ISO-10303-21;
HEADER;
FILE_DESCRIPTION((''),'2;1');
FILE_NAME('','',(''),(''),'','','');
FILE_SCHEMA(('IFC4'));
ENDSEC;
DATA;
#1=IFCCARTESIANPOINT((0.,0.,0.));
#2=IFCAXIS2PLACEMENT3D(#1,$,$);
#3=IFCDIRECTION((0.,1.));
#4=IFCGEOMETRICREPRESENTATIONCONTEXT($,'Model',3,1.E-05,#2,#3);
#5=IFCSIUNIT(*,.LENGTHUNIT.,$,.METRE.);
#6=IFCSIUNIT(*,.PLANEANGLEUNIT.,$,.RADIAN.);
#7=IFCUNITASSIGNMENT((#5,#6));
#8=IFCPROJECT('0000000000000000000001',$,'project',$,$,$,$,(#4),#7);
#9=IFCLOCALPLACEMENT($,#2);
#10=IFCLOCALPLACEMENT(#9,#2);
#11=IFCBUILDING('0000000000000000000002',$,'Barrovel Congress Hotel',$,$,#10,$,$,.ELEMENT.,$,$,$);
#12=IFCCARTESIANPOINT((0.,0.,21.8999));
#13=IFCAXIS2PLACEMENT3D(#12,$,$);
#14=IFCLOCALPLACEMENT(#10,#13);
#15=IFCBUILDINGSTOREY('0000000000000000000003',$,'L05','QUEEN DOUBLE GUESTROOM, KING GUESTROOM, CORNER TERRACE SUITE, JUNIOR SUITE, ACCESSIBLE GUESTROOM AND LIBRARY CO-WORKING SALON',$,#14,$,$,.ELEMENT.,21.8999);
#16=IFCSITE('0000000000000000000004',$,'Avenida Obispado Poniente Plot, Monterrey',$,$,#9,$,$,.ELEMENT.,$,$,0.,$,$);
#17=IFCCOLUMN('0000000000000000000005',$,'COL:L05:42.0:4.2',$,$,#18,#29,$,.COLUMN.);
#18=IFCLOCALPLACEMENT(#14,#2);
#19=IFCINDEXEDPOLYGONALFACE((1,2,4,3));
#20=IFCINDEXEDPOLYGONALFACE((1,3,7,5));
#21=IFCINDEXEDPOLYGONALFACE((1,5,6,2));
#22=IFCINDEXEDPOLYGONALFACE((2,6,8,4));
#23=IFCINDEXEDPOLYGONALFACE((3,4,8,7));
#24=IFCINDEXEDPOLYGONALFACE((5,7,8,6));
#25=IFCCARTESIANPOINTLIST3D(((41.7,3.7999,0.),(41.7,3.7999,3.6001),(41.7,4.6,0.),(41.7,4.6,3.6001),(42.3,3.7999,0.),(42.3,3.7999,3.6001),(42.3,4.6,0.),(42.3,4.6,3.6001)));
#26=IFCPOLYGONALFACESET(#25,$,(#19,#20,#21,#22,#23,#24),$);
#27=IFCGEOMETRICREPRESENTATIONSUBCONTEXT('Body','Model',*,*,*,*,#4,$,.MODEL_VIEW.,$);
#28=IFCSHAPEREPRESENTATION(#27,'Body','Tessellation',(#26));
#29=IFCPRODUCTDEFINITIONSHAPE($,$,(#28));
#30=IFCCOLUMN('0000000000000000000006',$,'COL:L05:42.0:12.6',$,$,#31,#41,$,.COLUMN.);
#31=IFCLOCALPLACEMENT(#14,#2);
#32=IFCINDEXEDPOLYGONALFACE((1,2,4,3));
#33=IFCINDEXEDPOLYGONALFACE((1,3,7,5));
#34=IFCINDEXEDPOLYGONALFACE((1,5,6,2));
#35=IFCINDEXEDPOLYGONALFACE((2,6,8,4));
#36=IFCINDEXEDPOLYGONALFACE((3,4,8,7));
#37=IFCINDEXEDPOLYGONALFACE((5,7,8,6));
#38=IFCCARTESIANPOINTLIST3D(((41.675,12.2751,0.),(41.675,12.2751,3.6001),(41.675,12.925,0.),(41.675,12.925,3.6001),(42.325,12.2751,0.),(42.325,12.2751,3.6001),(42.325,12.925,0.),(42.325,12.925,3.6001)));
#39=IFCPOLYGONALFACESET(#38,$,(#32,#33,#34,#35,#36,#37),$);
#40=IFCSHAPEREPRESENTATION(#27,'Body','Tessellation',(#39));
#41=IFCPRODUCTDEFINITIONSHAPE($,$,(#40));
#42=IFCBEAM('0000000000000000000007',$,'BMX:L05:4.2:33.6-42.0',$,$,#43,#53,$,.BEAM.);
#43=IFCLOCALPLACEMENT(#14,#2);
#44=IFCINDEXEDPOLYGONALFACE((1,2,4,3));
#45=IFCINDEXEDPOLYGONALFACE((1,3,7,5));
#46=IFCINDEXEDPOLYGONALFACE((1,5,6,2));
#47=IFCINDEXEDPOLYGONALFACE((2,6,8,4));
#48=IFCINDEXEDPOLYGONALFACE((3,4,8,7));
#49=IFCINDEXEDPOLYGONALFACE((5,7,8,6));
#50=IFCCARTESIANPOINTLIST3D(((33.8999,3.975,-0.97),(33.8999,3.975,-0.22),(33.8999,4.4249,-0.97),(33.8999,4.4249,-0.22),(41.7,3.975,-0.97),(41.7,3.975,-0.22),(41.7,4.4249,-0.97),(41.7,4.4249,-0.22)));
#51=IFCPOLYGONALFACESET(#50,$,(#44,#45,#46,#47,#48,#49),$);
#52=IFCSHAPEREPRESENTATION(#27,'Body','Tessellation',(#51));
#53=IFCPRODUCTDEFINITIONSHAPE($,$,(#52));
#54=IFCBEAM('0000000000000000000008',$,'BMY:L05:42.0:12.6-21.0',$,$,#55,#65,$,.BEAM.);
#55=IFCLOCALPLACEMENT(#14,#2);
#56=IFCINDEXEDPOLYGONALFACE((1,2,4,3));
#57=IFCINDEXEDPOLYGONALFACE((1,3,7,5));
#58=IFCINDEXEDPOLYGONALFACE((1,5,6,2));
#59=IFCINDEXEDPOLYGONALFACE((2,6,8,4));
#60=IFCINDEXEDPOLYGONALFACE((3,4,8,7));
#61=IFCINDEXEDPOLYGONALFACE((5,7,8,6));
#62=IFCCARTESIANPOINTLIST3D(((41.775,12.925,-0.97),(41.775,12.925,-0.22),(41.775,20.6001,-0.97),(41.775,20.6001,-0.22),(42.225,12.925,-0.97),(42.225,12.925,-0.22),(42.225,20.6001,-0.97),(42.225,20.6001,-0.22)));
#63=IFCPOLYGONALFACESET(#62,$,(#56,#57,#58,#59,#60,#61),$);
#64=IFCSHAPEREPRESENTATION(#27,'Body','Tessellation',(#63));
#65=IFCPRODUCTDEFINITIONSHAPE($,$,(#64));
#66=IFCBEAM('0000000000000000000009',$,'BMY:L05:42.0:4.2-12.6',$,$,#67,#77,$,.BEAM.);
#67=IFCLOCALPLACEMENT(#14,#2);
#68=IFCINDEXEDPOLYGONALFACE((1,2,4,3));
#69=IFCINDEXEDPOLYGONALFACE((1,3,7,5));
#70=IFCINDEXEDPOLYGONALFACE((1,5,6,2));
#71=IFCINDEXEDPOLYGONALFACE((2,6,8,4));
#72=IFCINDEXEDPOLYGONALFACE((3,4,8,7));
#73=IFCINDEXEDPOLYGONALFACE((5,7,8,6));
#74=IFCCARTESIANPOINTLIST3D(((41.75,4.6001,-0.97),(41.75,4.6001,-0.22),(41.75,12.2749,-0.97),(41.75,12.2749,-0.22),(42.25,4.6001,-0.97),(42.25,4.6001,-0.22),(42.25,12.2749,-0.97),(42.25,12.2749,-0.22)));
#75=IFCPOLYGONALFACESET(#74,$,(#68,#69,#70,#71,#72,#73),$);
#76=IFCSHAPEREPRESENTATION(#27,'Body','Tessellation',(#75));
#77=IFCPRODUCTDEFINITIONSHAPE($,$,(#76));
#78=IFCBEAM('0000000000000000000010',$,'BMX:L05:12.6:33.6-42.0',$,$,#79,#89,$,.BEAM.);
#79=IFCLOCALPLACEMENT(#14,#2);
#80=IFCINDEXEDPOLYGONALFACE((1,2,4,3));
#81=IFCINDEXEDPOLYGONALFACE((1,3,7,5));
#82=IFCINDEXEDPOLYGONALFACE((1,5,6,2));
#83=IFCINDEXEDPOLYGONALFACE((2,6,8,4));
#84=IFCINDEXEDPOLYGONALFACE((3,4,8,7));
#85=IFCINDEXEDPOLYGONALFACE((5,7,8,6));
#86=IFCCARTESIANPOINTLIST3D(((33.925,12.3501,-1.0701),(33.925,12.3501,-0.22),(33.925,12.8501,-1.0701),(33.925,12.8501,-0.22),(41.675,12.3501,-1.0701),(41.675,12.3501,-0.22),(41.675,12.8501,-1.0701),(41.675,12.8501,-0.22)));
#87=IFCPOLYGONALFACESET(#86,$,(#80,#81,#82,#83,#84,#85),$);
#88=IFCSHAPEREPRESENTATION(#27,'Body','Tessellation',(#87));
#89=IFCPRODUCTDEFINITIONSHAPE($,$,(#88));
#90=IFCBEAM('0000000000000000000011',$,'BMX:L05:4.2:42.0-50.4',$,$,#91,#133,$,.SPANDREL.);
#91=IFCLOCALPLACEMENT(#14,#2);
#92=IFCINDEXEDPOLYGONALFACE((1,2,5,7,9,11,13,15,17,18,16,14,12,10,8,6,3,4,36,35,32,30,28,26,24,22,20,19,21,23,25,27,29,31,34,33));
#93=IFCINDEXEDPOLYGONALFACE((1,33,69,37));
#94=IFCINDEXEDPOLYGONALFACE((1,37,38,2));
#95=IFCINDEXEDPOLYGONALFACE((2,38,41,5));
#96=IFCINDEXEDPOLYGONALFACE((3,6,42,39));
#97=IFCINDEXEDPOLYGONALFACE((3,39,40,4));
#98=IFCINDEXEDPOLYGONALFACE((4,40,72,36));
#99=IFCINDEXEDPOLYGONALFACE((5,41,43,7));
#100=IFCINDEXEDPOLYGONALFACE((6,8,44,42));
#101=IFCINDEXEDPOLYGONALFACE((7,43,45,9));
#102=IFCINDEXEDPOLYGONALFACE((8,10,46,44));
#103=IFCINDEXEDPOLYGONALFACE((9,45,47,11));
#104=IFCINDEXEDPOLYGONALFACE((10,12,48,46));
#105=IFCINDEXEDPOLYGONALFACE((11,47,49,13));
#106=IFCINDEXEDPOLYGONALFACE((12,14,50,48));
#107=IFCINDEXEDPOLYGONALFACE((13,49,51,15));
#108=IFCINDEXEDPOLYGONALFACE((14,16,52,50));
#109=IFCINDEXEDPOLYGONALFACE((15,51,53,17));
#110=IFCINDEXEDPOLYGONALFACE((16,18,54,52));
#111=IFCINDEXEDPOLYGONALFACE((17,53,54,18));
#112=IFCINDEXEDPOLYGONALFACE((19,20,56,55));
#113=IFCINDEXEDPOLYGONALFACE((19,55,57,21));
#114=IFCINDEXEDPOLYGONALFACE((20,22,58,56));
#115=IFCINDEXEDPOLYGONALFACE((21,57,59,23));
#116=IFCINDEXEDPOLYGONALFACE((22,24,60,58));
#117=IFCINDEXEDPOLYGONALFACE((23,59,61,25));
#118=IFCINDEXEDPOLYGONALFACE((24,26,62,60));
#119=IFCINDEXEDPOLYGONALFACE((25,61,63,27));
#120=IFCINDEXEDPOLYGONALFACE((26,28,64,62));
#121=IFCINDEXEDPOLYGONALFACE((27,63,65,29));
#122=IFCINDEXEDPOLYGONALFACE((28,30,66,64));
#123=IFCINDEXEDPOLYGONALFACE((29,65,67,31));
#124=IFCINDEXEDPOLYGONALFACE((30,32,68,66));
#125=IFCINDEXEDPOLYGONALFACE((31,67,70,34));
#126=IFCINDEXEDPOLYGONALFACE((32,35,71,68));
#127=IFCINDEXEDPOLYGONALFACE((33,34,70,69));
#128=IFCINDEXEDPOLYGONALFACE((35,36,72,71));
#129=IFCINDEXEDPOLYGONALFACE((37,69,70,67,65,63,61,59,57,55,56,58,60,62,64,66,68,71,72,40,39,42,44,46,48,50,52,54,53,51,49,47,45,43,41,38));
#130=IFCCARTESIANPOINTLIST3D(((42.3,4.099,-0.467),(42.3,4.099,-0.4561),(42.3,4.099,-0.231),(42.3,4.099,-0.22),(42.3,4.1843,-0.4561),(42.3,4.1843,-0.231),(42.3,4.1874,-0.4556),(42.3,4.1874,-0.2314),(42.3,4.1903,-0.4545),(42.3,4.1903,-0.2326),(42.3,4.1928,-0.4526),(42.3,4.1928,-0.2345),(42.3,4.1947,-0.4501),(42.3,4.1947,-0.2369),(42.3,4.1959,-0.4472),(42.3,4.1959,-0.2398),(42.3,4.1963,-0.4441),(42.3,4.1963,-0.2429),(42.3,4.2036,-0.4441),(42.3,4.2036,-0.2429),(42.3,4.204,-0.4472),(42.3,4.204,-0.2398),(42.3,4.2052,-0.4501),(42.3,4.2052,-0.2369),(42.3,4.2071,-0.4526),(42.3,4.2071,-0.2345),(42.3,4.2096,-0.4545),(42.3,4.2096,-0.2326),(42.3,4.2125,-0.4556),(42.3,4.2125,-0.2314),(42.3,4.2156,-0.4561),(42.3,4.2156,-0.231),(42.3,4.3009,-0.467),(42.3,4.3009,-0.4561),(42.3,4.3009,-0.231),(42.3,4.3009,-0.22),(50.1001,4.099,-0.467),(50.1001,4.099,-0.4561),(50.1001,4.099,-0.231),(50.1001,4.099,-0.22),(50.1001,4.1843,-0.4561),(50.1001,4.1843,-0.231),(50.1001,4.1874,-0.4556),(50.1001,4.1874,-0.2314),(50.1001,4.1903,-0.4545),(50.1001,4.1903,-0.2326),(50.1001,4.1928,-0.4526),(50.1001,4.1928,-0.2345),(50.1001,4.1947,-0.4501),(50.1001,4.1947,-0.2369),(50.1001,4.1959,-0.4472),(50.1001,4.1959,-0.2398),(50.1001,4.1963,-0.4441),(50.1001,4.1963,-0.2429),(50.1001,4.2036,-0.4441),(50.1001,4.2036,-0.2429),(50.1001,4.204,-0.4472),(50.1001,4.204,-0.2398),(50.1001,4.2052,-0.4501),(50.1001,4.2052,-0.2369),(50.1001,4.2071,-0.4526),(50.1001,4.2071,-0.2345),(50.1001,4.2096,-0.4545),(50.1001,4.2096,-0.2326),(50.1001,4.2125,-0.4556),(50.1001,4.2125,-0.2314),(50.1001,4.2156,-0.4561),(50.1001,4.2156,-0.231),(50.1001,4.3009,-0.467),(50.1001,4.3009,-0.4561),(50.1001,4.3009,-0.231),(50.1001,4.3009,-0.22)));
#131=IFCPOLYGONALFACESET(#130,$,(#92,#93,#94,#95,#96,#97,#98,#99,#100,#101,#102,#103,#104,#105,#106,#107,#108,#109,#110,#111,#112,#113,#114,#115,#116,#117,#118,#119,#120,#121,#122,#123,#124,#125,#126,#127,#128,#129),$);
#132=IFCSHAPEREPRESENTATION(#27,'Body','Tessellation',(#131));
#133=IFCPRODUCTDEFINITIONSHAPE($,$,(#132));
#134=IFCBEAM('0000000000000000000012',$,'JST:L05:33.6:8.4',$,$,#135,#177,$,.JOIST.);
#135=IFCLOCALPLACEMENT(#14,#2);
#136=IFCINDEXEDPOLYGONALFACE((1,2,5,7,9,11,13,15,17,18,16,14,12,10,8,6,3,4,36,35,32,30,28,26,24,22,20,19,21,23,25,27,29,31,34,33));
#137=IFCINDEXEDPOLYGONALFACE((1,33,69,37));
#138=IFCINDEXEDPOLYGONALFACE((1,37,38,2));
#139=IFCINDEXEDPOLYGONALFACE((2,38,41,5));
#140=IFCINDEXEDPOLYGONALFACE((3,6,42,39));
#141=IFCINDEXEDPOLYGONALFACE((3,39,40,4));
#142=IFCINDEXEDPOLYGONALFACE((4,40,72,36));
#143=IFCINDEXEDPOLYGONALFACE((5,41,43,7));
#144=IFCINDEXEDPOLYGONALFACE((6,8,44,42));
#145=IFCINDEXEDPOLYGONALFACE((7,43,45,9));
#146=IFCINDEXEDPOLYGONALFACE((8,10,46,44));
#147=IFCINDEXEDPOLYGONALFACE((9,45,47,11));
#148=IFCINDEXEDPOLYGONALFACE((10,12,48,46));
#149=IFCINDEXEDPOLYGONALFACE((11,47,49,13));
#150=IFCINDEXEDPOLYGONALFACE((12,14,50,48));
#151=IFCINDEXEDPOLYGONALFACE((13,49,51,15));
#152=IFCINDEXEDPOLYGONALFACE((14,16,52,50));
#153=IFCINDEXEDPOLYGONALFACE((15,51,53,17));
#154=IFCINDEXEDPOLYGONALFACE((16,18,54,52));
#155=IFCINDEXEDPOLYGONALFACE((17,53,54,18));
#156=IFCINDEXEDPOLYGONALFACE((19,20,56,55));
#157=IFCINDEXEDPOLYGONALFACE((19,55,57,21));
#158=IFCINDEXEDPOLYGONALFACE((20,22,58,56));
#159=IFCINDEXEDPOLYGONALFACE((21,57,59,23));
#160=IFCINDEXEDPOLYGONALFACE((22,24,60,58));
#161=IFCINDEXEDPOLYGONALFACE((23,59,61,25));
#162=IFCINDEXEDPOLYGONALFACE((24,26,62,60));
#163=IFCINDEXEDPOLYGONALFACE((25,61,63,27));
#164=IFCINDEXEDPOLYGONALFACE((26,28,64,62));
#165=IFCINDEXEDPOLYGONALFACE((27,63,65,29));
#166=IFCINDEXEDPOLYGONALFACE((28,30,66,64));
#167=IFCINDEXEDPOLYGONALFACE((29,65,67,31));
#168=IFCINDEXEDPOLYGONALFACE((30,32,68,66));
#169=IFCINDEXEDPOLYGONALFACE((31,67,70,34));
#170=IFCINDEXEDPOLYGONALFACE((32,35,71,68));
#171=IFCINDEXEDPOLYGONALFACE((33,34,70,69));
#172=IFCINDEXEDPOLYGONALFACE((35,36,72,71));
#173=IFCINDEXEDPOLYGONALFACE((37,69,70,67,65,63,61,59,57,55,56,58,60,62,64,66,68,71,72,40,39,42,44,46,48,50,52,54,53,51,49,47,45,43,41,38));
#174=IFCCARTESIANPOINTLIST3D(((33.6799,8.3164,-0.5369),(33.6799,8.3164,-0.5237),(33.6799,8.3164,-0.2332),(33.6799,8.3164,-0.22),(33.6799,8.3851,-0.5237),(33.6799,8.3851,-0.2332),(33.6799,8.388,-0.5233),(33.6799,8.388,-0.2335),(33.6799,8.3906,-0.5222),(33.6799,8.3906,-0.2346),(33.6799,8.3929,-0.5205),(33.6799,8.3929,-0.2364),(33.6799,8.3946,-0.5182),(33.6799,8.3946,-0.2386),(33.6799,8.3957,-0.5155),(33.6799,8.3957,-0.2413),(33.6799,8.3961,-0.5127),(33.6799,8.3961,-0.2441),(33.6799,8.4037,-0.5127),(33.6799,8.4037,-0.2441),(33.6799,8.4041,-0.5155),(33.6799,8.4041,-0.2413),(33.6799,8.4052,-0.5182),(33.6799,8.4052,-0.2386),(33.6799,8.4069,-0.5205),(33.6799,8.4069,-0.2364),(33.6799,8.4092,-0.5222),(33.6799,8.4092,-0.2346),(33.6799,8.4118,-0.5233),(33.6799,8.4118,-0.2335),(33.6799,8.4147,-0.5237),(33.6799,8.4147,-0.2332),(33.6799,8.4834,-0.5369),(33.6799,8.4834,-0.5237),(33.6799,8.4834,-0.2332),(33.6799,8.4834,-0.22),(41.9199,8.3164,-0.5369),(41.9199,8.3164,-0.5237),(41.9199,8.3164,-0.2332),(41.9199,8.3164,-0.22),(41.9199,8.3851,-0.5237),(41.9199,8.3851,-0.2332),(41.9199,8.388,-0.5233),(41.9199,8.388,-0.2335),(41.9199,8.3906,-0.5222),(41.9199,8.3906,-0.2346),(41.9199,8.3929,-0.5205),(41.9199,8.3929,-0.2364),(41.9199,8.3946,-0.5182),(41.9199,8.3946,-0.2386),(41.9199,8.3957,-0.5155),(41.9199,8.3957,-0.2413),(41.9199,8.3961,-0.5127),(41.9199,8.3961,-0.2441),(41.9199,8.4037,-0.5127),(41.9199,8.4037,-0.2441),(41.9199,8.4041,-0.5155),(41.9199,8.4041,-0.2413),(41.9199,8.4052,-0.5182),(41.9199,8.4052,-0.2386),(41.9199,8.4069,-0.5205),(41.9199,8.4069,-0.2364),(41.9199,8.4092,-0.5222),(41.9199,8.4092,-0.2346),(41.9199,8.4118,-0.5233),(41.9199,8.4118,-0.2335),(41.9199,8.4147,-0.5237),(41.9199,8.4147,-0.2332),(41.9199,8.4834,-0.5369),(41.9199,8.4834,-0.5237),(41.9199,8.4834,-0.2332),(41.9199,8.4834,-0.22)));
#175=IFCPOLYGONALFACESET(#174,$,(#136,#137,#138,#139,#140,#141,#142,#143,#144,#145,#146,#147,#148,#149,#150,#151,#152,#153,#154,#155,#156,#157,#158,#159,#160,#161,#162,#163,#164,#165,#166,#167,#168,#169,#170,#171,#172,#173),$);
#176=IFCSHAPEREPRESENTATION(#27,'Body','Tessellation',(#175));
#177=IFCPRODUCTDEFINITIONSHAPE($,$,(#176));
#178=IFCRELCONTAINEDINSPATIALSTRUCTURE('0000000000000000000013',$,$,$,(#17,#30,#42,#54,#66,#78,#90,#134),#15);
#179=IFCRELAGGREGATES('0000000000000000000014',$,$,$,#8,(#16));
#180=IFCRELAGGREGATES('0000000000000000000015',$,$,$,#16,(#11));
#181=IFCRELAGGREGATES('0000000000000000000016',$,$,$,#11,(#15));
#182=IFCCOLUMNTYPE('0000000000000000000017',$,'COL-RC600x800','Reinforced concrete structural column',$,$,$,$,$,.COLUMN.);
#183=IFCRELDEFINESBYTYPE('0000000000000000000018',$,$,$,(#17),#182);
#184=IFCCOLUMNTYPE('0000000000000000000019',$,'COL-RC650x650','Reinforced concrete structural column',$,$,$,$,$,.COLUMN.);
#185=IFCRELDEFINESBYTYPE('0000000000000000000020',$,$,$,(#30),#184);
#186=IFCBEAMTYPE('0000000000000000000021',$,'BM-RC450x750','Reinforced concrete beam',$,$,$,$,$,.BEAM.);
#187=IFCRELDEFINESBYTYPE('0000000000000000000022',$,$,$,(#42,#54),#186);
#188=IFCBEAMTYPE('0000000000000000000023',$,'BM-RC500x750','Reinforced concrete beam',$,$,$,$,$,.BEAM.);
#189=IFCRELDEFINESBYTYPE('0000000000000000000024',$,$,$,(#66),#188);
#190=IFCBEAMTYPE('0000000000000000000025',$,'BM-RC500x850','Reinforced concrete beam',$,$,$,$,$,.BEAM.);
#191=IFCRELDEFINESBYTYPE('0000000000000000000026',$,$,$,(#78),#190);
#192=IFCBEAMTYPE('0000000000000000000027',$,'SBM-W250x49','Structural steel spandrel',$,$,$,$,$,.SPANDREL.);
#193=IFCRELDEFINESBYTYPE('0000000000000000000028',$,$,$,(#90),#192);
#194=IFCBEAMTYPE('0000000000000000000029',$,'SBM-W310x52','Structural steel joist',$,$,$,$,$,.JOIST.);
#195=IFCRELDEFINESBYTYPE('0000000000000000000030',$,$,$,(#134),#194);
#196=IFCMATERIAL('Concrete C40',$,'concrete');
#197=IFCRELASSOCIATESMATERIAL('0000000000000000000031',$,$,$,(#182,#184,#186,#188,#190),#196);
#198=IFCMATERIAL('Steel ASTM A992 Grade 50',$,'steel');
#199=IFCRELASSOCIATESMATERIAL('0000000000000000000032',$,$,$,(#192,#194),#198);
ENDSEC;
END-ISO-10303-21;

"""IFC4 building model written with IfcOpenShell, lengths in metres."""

from ifc_helpers import new_model, si_unit, direction, frame, origin, origin_2d, place, context, subcontext, project, spatial, rectangle, i_section, extrude, material, material_profile, profile_set, type_object, element, save


model = new_model("IFC4")

# Units and contexts
model_context = context("Model", 3, precision=1e-05, world=origin(), true_north=direction((0.0, 1.0)))
body_context = subcontext(model_context, "Body", "Model", "MODEL_VIEW")
ifc_project = project(units=[si_unit("LENGTHUNIT", "METRE"), si_unit("PLANEANGLEUNIT", "RADIAN")], contexts=[model_context])

# Site, building, storey
site_placement = place(None, origin())
site = spatial("IfcSite", under=ifc_project, at=site_placement, Name="Avenida Obispado Poniente Plot, Monterrey", CompositionType="ELEMENT", RefElevation=0.0)
building_placement = place(site_placement, origin())
building = spatial("IfcBuilding", under=site, at=building_placement, Name="Barrovel Congress Hotel", CompositionType="ELEMENT")
storey_placement = place(building_placement, frame((0.0, 0.0, 21.8999)))
storey = spatial("IfcBuildingStorey", under=building, at=storey_placement, Name="L05", Description="QUEEN DOUBLE GUESTROOM, KING GUESTROOM, CORNER TERRACE SUITE, JUNIOR SUITE, ACCESSIBLE GUESTROOM AND LIBRARY CO-WORKING SALON", CompositionType="ELEMENT", Elevation=21.8999)

# Columns
ifc_material_1 = material(Name="Concrete C40", Category="concrete")
ifc_material_profile_1 = material_profile(ifc_material_1, rectangle(XDim=0.6001, YDim=0.8, at=origin_2d()), Name="RC600x800")
ifc_profile_set_1 = profile_set([ifc_material_profile_1], Name="Concrete C40")
column_type_1 = type_object("IfcColumnType", Name="COL-RC600x800", Description="Reinforced concrete structural column", PredefinedType="COLUMN", material=ifc_profile_set_1)
column_1_placement = place(storey_placement, frame((42.0, 4.2, 0.0), z_axis=(0.0, 0.0, 1.0), x_axis=(1.0, 0.0, 0.0)))
element("IfcColumn", 1, at=column_1_placement, inside=storey, type_object=column_type_1, Name="COL:L05:42.0:4.2", PredefinedType="COLUMN", context=body_context, shape_type="SweptSolid", body=[
    extrude(rectangle(XDim=0.6001, YDim=0.8, at=origin_2d()), origin(), (0.0, 0.0, 1.0), 3.6001),
])
ifc_material_profile_2 = material_profile(ifc_material_1, rectangle(XDim=0.6499, YDim=0.6499, at=origin_2d()), Name="RC650x650")
ifc_profile_set_2 = profile_set([ifc_material_profile_2], Name="Concrete C40")
column_type_2 = type_object("IfcColumnType", Name="COL-RC650x650", Description="Reinforced concrete structural column", PredefinedType="COLUMN", material=ifc_profile_set_2)
column_2_placement = place(storey_placement, frame((42.0, 12.6001, 0.0), z_axis=(0.0, 0.0, 1.0), x_axis=(1.0, 0.0, 0.0)))
element("IfcColumn", 2, at=column_2_placement, inside=storey, type_object=column_type_2, Name="COL:L05:42.0:12.6", PredefinedType="COLUMN", context=body_context, shape_type="SweptSolid", body=[
    extrude(rectangle(XDim=0.6499, YDim=0.6499, at=origin_2d()), origin(), (0.0, 0.0, 1.0), 3.6001),
])

# Beams
ifc_material_profile_3 = material_profile(ifc_material_1, rectangle(XDim=0.45, YDim=0.75, at=origin_2d()), Name="RC450x750")
ifc_profile_set_3 = profile_set([ifc_material_profile_3], Name="Concrete C40")
beam_type_1 = type_object("IfcBeamType", Name="BM-RC450x750", Description="Reinforced concrete beam", PredefinedType="BEAM", material=ifc_profile_set_3)
beam_1_placement = place(storey_placement, frame((33.8999, 4.2, -0.595), z_axis=(1.0, 0.0, 0.0), x_axis=(0.0, 1.0, 0.0)))
element("IfcBeam", 3, at=beam_1_placement, inside=storey, type_object=beam_type_1, Name="BMX:L05:4.2:33.6-42.0", PredefinedType="BEAM", context=body_context, shape_type="SweptSolid", body=[
    extrude(rectangle(XDim=0.45, YDim=0.75, at=origin_2d()), origin(), (0.0, 0.0, 1.0), 7.8),
])
beam_2_placement = place(storey_placement, frame((42.0, 12.925, -0.595), z_axis=(0.0, 1.0, 0.0), x_axis=(-1.0, 0.0, 0.0)))
element("IfcBeam", 4, at=beam_2_placement, inside=storey, type_object=beam_type_1, Name="BMY:L05:42.0:12.6-21.0", PredefinedType="BEAM", context=body_context, shape_type="SweptSolid", body=[
    extrude(rectangle(XDim=0.45, YDim=0.75, at=origin_2d()), origin(), (0.0, 0.0, 1.0), 7.675),
])
ifc_material_profile_4 = material_profile(ifc_material_1, rectangle(XDim=0.5, YDim=0.75, at=origin_2d()), Name="RC500x750")
ifc_profile_set_4 = profile_set([ifc_material_profile_4], Name="Concrete C40")
beam_type_2 = type_object("IfcBeamType", Name="BM-RC500x750", Description="Reinforced concrete beam", PredefinedType="BEAM", material=ifc_profile_set_4)
beam_3_placement = place(storey_placement, frame((42.0, 4.6001, -0.595), z_axis=(0.0, 1.0, 0.0), x_axis=(-1.0, 0.0, 0.0)))
element("IfcBeam", 5, at=beam_3_placement, inside=storey, type_object=beam_type_2, Name="BMY:L05:42.0:4.2-12.6", PredefinedType="BEAM", context=body_context, shape_type="SweptSolid", body=[
    extrude(rectangle(XDim=0.5, YDim=0.75, at=origin_2d()), origin(), (0.0, 0.0, 1.0), 7.6748),
])
ifc_material_profile_5 = material_profile(ifc_material_1, rectangle(XDim=0.5, YDim=0.8501, at=origin_2d()), Name="RC500x850")
ifc_profile_set_5 = profile_set([ifc_material_profile_5], Name="Concrete C40")
beam_type_3 = type_object("IfcBeamType", Name="BM-RC500x850", Description="Reinforced concrete beam", PredefinedType="BEAM", material=ifc_profile_set_5)
beam_4_placement = place(storey_placement, frame((33.925, 12.6001, -0.645), z_axis=(1.0, 0.0, 0.0), x_axis=(0.0, 1.0, 0.0)))
element("IfcBeam", 6, at=beam_4_placement, inside=storey, type_object=beam_type_3, Name="BMX:L05:12.6:33.6-42.0", PredefinedType="BEAM", context=body_context, shape_type="SweptSolid", body=[
    extrude(rectangle(XDim=0.5, YDim=0.8501, at=origin_2d()), origin(), (0.0, 0.0, 1.0), 7.75),
])
ifc_material_2 = material(Name="Steel ASTM A992 Grade 50", Category="steel")
ifc_material_profile_6 = material_profile(ifc_material_2, i_section(OverallWidth=0.2019, OverallDepth=0.2471, WebThickness=0.0073, FlangeThickness=0.011, FilletRadius=0.012, at=origin_2d()), Name="W250x49")
ifc_profile_set_6 = profile_set([ifc_material_profile_6], Name="Steel ASTM A992 Grade 50")
beam_type_4 = type_object("IfcBeamType", Name="SBM-W250x49", Description="Structural steel spandrel", PredefinedType="SPANDREL", material=ifc_profile_set_6)
beam_5_placement = place(storey_placement, frame((42.3, 4.2, -0.3435), z_axis=(1.0, 0.0, 0.0), x_axis=(0.0, 1.0, 0.0)))
element("IfcBeam", 7, at=beam_5_placement, inside=storey, type_object=beam_type_4, Name="BMX:L05:4.2:42.0-50.4", PredefinedType="SPANDREL", context=body_context, shape_type="SweptSolid", body=[
    extrude(i_section(OverallWidth=0.2019, OverallDepth=0.2471, WebThickness=0.0073, FlangeThickness=0.011, FilletRadius=0.012, at=origin_2d()), origin(), (0.0, 0.0, 1.0), 7.8),
])
ifc_material_profile_7 = material_profile(ifc_material_2, i_section(OverallWidth=0.167, OverallDepth=0.3169, WebThickness=0.0076, FlangeThickness=0.0132, FilletRadius=0.011, at=origin_2d()), Name="W310x52")
ifc_profile_set_7 = profile_set([ifc_material_profile_7], Name="Steel ASTM A992 Grade 50")
beam_type_5 = type_object("IfcBeamType", Name="SBM-W310x52", Description="Structural steel joist", PredefinedType="JOIST", material=ifc_profile_set_7)
for number, where, z_axis, x_axis, name in (
    (8, (33.6799, 8.3999, -0.3784), (1.0, 0.0, 0.0), (0.0, 1.0, 0.0), "JST:L05:33.6:8.4"),
):
    element("IfcBeam", number, at=place(storey_placement, frame(where, z_axis=z_axis, x_axis=x_axis)), inside=storey, type_object=beam_type_5, Name=name, PredefinedType="JOIST", context=body_context, shape_type="SweptSolid", body=[
        extrude(i_section(OverallWidth=0.167, OverallDepth=0.3169, WebThickness=0.0076, FlangeThickness=0.0132, FilletRadius=0.011, at=origin_2d()), origin(), (0.0, 0.0, 1.0), 8.24),
    ])

save(model, "model.ifc")
